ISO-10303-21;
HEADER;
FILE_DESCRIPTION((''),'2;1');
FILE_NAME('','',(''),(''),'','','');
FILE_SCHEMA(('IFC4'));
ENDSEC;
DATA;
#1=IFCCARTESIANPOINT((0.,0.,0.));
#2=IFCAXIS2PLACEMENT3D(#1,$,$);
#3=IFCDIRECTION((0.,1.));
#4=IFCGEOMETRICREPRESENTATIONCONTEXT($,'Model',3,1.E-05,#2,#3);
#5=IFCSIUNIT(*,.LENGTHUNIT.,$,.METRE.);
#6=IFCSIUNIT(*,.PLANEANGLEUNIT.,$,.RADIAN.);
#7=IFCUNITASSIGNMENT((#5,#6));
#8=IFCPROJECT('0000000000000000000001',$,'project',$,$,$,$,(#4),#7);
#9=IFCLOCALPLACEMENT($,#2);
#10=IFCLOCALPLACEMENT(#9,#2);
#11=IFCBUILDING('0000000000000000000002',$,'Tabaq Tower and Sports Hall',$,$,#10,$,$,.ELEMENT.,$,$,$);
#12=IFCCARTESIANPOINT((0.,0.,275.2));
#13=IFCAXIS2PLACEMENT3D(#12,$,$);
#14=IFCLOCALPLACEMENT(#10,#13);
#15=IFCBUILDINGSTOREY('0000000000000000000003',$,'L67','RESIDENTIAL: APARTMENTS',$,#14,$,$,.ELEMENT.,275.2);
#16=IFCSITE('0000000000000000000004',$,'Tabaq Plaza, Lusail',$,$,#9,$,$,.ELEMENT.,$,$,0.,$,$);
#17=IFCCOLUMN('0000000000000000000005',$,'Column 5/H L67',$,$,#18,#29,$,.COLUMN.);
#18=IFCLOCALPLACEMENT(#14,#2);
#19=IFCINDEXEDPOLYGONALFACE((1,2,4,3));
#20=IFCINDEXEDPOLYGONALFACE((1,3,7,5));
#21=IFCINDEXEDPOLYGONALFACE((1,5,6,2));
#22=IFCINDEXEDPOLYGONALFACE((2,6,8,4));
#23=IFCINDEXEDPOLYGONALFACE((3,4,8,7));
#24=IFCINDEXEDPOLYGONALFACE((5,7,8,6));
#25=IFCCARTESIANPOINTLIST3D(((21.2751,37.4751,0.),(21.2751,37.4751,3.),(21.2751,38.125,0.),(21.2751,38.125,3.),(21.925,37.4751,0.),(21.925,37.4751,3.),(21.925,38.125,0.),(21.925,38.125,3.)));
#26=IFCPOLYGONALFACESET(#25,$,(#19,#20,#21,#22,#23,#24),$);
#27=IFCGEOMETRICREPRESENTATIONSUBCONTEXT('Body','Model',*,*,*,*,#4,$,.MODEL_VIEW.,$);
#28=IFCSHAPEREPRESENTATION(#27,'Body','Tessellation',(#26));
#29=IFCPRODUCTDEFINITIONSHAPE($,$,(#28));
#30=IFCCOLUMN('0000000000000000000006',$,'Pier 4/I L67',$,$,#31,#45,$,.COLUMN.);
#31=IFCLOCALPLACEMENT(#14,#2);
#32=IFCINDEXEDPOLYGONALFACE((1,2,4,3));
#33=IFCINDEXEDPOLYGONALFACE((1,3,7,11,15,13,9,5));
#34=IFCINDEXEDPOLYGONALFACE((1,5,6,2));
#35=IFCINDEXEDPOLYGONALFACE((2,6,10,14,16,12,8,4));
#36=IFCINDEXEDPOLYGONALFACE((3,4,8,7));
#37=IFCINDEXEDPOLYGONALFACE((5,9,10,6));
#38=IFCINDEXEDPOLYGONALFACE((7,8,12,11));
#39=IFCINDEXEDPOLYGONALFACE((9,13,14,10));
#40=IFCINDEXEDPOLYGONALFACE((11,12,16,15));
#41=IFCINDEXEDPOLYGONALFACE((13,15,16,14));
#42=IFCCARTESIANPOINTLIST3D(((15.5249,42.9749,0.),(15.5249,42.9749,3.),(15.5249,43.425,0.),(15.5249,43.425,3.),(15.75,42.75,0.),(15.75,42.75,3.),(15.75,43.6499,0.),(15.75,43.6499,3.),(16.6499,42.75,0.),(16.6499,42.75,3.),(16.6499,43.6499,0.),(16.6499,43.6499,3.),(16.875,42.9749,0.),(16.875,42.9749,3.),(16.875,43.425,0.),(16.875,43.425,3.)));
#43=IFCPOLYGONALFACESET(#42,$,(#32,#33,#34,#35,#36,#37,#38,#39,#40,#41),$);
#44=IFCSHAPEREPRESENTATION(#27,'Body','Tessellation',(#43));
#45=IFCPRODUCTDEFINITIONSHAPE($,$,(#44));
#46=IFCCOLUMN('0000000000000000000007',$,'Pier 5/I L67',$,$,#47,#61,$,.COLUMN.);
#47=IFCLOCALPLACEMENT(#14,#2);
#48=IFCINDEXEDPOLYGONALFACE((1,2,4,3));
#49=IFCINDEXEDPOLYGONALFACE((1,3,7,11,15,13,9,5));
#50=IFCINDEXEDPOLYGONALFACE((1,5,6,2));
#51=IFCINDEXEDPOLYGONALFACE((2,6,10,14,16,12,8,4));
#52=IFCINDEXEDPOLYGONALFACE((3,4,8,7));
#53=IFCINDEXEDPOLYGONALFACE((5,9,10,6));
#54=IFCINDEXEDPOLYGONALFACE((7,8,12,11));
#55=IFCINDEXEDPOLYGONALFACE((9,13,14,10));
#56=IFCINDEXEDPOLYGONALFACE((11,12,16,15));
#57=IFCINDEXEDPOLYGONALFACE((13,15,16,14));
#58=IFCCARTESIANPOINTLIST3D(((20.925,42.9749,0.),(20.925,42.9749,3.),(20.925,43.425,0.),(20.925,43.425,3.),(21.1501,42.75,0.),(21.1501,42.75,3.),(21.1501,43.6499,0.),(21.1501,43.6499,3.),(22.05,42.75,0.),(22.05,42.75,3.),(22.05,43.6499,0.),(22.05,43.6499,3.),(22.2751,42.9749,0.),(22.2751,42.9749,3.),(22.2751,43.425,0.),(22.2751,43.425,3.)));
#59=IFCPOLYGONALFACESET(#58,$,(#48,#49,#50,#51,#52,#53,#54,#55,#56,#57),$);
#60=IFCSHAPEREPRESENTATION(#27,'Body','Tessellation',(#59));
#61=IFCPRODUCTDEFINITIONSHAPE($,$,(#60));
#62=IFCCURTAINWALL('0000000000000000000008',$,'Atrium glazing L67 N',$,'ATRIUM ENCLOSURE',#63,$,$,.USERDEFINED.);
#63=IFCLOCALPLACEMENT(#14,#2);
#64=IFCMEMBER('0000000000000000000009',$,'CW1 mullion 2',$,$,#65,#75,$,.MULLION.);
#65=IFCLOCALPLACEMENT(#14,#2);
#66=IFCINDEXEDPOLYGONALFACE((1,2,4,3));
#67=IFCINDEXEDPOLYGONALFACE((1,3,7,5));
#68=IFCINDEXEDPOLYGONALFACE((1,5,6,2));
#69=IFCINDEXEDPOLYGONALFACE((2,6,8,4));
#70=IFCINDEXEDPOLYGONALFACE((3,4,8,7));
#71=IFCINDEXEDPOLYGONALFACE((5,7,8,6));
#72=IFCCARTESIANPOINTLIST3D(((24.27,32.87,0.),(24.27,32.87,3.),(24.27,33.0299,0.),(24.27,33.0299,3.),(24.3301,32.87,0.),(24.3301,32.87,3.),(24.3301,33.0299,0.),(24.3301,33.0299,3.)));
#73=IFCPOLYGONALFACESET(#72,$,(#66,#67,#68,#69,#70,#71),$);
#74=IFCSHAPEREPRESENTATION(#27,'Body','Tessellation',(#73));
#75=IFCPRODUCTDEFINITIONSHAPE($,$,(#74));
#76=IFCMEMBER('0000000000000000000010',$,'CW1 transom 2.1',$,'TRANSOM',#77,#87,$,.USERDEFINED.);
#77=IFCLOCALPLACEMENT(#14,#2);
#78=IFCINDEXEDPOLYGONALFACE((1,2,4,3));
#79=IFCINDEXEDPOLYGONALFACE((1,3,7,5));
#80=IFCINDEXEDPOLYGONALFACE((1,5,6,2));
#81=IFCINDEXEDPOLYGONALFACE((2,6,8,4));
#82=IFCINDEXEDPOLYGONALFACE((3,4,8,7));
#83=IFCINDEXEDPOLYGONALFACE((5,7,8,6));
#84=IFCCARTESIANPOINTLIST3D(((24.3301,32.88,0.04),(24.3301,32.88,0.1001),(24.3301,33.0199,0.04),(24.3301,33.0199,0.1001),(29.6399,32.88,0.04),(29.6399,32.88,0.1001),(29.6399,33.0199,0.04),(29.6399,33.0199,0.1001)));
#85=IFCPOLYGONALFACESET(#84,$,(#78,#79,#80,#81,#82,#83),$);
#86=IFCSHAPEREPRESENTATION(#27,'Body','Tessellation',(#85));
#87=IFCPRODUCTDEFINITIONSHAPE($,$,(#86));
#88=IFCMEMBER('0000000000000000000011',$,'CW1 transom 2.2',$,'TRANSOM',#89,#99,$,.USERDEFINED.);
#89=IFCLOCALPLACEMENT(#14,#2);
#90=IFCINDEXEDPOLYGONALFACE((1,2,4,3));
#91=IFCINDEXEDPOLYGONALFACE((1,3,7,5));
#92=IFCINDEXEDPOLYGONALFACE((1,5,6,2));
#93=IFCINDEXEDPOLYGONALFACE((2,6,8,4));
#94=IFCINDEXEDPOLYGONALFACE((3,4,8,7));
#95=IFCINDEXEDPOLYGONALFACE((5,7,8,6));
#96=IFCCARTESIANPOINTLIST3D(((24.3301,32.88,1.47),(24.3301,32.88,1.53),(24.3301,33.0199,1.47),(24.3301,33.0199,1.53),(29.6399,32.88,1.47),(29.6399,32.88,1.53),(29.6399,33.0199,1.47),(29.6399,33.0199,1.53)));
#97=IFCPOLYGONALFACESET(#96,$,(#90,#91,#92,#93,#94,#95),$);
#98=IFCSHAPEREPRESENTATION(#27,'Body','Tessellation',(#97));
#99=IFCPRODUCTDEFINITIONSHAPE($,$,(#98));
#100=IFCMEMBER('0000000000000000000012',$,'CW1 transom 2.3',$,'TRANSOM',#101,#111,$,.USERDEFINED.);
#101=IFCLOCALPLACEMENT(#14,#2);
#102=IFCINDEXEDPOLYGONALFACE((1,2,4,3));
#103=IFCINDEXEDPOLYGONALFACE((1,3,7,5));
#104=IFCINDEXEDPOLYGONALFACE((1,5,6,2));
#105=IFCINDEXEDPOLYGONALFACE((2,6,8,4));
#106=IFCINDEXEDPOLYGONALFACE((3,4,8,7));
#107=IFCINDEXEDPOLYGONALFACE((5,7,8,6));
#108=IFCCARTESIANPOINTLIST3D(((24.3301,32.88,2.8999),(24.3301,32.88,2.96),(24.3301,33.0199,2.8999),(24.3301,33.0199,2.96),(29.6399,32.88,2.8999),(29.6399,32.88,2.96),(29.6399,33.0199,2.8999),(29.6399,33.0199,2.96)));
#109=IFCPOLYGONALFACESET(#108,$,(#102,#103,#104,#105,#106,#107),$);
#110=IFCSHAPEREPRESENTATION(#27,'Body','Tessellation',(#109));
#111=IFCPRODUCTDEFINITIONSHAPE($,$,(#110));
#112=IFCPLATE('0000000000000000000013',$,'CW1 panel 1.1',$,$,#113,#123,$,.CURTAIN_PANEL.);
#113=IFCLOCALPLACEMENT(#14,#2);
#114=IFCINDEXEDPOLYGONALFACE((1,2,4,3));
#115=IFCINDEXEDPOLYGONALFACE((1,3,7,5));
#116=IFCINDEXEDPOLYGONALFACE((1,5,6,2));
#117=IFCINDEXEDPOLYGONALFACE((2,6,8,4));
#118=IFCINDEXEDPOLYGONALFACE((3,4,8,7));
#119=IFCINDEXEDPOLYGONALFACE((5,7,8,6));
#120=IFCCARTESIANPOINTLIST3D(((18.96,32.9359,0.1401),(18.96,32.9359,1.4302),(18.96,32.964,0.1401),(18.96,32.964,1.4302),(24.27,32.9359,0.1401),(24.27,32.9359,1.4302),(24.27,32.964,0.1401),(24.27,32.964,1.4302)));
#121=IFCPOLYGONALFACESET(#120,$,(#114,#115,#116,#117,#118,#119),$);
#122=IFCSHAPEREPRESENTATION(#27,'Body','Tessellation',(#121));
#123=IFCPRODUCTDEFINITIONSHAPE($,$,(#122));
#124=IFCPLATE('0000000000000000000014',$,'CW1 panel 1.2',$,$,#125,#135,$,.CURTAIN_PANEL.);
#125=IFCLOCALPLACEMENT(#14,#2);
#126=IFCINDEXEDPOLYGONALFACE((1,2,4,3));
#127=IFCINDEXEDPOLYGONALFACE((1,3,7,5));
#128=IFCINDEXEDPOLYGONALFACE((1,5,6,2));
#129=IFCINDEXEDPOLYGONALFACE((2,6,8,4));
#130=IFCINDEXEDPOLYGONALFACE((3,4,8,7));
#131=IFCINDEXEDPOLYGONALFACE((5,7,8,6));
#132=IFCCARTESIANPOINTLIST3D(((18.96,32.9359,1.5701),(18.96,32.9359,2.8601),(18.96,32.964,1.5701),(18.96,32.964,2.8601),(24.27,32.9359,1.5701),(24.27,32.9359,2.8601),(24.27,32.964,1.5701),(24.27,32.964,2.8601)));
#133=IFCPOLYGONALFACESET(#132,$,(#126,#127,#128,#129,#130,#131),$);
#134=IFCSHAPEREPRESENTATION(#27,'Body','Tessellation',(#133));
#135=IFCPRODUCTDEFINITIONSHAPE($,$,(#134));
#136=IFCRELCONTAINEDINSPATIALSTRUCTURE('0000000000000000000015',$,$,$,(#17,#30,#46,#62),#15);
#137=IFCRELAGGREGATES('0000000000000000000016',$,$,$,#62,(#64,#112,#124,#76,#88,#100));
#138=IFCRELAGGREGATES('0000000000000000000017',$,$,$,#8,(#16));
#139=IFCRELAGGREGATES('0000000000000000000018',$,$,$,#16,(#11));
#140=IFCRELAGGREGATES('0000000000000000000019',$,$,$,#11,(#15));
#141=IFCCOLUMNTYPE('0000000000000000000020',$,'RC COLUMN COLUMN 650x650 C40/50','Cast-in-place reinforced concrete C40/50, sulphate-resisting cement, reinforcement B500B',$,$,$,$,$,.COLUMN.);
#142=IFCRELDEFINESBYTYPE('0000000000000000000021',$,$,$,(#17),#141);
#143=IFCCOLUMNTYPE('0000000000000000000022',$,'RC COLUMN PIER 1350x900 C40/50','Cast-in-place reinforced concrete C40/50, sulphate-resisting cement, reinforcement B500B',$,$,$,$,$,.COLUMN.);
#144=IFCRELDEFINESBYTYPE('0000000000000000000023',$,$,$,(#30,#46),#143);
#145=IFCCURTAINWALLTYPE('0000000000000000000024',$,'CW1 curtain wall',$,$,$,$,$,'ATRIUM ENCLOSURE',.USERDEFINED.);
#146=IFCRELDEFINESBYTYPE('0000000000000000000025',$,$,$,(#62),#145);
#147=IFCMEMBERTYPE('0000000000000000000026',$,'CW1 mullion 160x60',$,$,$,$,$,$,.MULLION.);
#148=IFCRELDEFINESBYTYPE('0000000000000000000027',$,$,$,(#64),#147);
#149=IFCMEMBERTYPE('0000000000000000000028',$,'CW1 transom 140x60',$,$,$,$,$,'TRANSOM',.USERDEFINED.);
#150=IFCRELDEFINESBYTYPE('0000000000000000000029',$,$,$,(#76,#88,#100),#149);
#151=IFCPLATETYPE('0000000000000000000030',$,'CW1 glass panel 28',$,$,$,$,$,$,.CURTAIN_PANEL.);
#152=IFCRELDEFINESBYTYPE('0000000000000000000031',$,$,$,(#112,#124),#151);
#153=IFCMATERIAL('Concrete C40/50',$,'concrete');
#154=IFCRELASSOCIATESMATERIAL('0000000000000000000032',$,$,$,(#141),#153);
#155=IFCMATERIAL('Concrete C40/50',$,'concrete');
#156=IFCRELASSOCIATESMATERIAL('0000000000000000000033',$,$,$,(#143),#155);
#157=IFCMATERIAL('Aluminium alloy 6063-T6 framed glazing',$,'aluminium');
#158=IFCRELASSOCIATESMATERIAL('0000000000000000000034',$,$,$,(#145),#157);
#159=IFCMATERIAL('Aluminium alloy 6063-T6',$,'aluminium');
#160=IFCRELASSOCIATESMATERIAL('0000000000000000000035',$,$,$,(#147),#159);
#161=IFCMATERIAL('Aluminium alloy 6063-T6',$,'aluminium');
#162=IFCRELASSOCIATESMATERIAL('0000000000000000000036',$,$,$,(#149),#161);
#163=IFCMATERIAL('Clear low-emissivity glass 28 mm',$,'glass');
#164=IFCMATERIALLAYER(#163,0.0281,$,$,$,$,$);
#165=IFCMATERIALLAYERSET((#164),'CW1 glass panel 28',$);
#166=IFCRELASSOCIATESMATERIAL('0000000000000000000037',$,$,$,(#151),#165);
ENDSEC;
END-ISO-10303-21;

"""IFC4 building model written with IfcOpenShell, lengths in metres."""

from ifc_helpers import new_model, si_unit, direction, frame, origin, origin_2d, place, context, subcontext, project, spatial, polyline, rectangle, outline, extrude, material, layer, layer_set, material_profile, profile_set, type_object, element, aggregate, save


model = new_model("IFC4")

# Units and contexts
model_context = context("Model", 3, precision=1e-05, world=origin(), true_north=direction((0.0, 1.0)))
body_context = subcontext(model_context, "Body", "Model", "MODEL_VIEW")
ifc_project = project(units=[si_unit("LENGTHUNIT", "METRE"), si_unit("PLANEANGLEUNIT", "RADIAN")], contexts=[model_context])

# Site, building, storey
site_placement = place(None, origin())
site = spatial("IfcSite", under=ifc_project, at=site_placement, Name="Tabaq Plaza, Lusail", CompositionType="ELEMENT", RefElevation=0.0)
building_placement = place(site_placement, origin())
building = spatial("IfcBuilding", under=site, at=building_placement, Name="Tabaq Tower and Sports Hall", CompositionType="ELEMENT")
storey_placement = place(building_placement, frame((0.0, 0.0, 275.2)))
storey = spatial("IfcBuildingStorey", under=building, at=storey_placement, Name="L67", Description="RESIDENTIAL: APARTMENTS", CompositionType="ELEMENT", Elevation=275.2)

# Columns
ifc_material_1 = material(Name="Concrete C40/50", Category="concrete")
ifc_material_profile_1 = material_profile(ifc_material_1, rectangle(XDim=0.6499, YDim=0.6499, at=origin_2d()), Name="COLUMN 650x650")
ifc_profile_set_1 = profile_set([ifc_material_profile_1], Name="Concrete C40/50")
column_type_1 = type_object("IfcColumnType", Name="RC COLUMN COLUMN 650x650 C40/50", Description="Cast-in-place reinforced concrete C40/50, sulphate-resisting cement, reinforcement B500B", PredefinedType="COLUMN", material=ifc_profile_set_1)
column_placement = place(storey_placement, frame((21.6001, 37.8, 0.0), z_axis=(0.0, 0.0, 1.0), x_axis=(1.0, 0.0, 0.0)))
element("IfcColumn", 1, at=column_placement, inside=storey, type_object=column_type_1, Name="Column 5/H L67", PredefinedType="COLUMN", context=body_context, shape_type="SweptSolid", body=[
    extrude(rectangle(XDim=0.6499, YDim=0.6499, at=origin_2d()), origin(), (0.0, 0.0, 1.0), 3.0),
])
ifc_material_2 = material(Name="Concrete C40/50", Category="concrete")
ifc_material_profile_2 = material_profile(ifc_material_2, outline(polyline([(-0.45, -0.45), (0.45, -0.45), (0.675, -0.2251), (0.675, 0.2251), (0.45, 0.45), (-0.45, 0.45), (-0.675, 0.2251), (-0.675, -0.2251), (-0.45, -0.45)])), Name="PIER 1350x900")
ifc_profile_set_2 = profile_set([ifc_material_profile_2], Name="Concrete C40/50")
column_type_2 = type_object("IfcColumnType", Name="RC COLUMN PIER 1350x900 C40/50", Description="Cast-in-place reinforced concrete C40/50, sulphate-resisting cement, reinforcement B500B", PredefinedType="COLUMN", material=ifc_profile_set_2)
for number, where, z_axis, x_axis, name in (
    (2, (16.2, 43.2, 0.0), (0.0, 0.0, 1.0), (1.0, 0.0, 0.0), "Pier 4/I L67"),
    (3, (21.6001, 43.2, 0.0), (0.0, 0.0, 1.0), (1.0, 0.0, 0.0), "Pier 5/I L67"),
):
    element("IfcColumn", number, at=place(storey_placement, frame(where, z_axis=z_axis, x_axis=x_axis)), inside=storey, type_object=column_type_2, Name=name, PredefinedType="COLUMN", context=body_context, shape_type="SweptSolid", body=[
        extrude(outline(polyline([(-0.45, -0.45), (0.45, -0.45), (0.675, -0.2251), (0.675, 0.2251), (0.45, 0.45), (-0.45, 0.45), (-0.675, 0.2251), (-0.675, -0.2251), (-0.45, -0.45)])), origin(), (0.0, 0.0, 1.0), 3.0),
    ])

# Curtain wall, members, plates
ifc_material_3 = material(Name="Aluminium alloy 6063-T6 framed glazing", Category="aluminium")
curtain_wall_type = type_object("IfcCurtainWallType", Name="CW1 curtain wall", ElementType="ATRIUM ENCLOSURE", PredefinedType="USERDEFINED", material=ifc_material_3)
curtain_wall_placement = place(storey_placement, origin())
curtain_wall = element("IfcCurtainWall", 4, at=curtain_wall_placement, inside=storey, type_object=curtain_wall_type, Name="Atrium glazing L67 N", ObjectType="ATRIUM ENCLOSURE", PredefinedType="USERDEFINED")
ifc_material_4 = material(Name="Aluminium alloy 6063-T6", Category="aluminium")
ifc_material_profile_3 = material_profile(ifc_material_4, rectangle(XDim=0.1599, YDim=0.0601, at=origin_2d()), Name="MULLION 160x60")
ifc_profile_set_3 = profile_set([ifc_material_profile_3], Name="Aluminium alloy 6063-T6")
member_type_1 = type_object("IfcMemberType", Name="CW1 mullion 160x60", PredefinedType="MULLION", material=ifc_profile_set_3)
member_1_placement = place(storey_placement, frame((24.3, 32.95, 0.0), z_axis=(0.0, 0.0, 1.0), x_axis=(0.0, 1.0, 0.0)))
member_1 = element("IfcMember", 5, at=member_1_placement, type_object=member_type_1, Name="CW1 mullion 2", PredefinedType="MULLION", context=body_context, shape_type="SweptSolid", body=[
    extrude(rectangle(XDim=0.1599, YDim=0.0601, at=origin_2d()), origin(), (0.0, 0.0, 1.0), 3.0),
])
ifc_material_5 = material(Name="Aluminium alloy 6063-T6", Category="aluminium")
ifc_material_profile_4 = material_profile(ifc_material_5, rectangle(XDim=0.1399, YDim=0.0601, at=origin_2d()), Name="TRANSOM 140x60")
ifc_profile_set_4 = profile_set([ifc_material_profile_4], Name="Aluminium alloy 6063-T6")
member_type_2 = type_object("IfcMemberType", Name="CW1 transom 140x60", ElementType="TRANSOM", PredefinedType="USERDEFINED", material=ifc_profile_set_4)
member_2_placement = place(storey_placement, frame((24.3301, 32.95, 0.0701), z_axis=(1.0, 0.0, 0.0), x_axis=(0.0, 1.0, 0.0)))
member_2 = element("IfcMember", 6, at=member_2_placement, type_object=member_type_2, Name="CW1 transom 2.1", ObjectType="TRANSOM", PredefinedType="USERDEFINED", context=body_context, shape_type="SweptSolid", body=[
    extrude(rectangle(XDim=0.1399, YDim=0.0601, at=origin_2d()), origin(), (0.0, 0.0, 1.0), 5.3098),
])
member_3_placement = place(storey_placement, frame((24.3301, 32.95, 1.5), z_axis=(1.0, 0.0, 0.0), x_axis=(0.0, 1.0, 0.0)))
member_3 = element("IfcMember", 7, at=member_3_placement, type_object=member_type_2, Name="CW1 transom 2.2", ObjectType="TRANSOM", PredefinedType="USERDEFINED", context=body_context, shape_type="SweptSolid", body=[
    extrude(rectangle(XDim=0.1399, YDim=0.0601, at=origin_2d()), origin(), (0.0, 0.0, 1.0), 5.3098),
])
member_4_placement = place(storey_placement, frame((24.3301, 32.95, 2.9299), z_axis=(1.0, 0.0, 0.0), x_axis=(0.0, 1.0, 0.0)))
member_4 = element("IfcMember", 8, at=member_4_placement, type_object=member_type_2, Name="CW1 transom 2.3", ObjectType="TRANSOM", PredefinedType="USERDEFINED", context=body_context, shape_type="SweptSolid", body=[
    extrude(rectangle(XDim=0.1399, YDim=0.0601, at=origin_2d()), origin(), (0.0, 0.0, 1.0), 5.3098),
])
ifc_material_6 = material(Name="Clear low-emissivity glass 28 mm", Category="glass")
ifc_layer_1 = layer(ifc_material_6, 0.0281)
ifc_layer_set_1 = layer_set([ifc_layer_1], Name="CW1 glass panel 28")
plate_type = type_object("IfcPlateType", Name="CW1 glass panel 28", PredefinedType="CURTAIN_PANEL", material=ifc_layer_set_1)
plate_1_placement = place(storey_placement, frame((21.615, 32.95, 0.1401), z_axis=(0.0, 0.0, 1.0), x_axis=(1.0, 0.0, 0.0)))
plate_1 = element("IfcPlate", 9, at=plate_1_placement, type_object=plate_type, Name="CW1 panel 1.1", PredefinedType="CURTAIN_PANEL", context=body_context, shape_type="SweptSolid", body=[
    extrude(rectangle(XDim=5.3101, YDim=0.0281, at=origin_2d()), origin(), (0.0, 0.0, 1.0), 1.29),
])
plate_2_placement = place(storey_placement, frame((21.615, 32.95, 1.5701), z_axis=(0.0, 0.0, 1.0), x_axis=(1.0, 0.0, 0.0)))
plate_2 = element("IfcPlate", 10, at=plate_2_placement, type_object=plate_type, Name="CW1 panel 1.2", PredefinedType="CURTAIN_PANEL", context=body_context, shape_type="SweptSolid", body=[
    extrude(rectangle(XDim=5.3101, YDim=0.0281, at=origin_2d()), origin(), (0.0, 0.0, 1.0), 1.29),
])
aggregate(curtain_wall, [member_1, plate_1, plate_2, member_2, member_3, member_4])

save(model, "model.ifc")
